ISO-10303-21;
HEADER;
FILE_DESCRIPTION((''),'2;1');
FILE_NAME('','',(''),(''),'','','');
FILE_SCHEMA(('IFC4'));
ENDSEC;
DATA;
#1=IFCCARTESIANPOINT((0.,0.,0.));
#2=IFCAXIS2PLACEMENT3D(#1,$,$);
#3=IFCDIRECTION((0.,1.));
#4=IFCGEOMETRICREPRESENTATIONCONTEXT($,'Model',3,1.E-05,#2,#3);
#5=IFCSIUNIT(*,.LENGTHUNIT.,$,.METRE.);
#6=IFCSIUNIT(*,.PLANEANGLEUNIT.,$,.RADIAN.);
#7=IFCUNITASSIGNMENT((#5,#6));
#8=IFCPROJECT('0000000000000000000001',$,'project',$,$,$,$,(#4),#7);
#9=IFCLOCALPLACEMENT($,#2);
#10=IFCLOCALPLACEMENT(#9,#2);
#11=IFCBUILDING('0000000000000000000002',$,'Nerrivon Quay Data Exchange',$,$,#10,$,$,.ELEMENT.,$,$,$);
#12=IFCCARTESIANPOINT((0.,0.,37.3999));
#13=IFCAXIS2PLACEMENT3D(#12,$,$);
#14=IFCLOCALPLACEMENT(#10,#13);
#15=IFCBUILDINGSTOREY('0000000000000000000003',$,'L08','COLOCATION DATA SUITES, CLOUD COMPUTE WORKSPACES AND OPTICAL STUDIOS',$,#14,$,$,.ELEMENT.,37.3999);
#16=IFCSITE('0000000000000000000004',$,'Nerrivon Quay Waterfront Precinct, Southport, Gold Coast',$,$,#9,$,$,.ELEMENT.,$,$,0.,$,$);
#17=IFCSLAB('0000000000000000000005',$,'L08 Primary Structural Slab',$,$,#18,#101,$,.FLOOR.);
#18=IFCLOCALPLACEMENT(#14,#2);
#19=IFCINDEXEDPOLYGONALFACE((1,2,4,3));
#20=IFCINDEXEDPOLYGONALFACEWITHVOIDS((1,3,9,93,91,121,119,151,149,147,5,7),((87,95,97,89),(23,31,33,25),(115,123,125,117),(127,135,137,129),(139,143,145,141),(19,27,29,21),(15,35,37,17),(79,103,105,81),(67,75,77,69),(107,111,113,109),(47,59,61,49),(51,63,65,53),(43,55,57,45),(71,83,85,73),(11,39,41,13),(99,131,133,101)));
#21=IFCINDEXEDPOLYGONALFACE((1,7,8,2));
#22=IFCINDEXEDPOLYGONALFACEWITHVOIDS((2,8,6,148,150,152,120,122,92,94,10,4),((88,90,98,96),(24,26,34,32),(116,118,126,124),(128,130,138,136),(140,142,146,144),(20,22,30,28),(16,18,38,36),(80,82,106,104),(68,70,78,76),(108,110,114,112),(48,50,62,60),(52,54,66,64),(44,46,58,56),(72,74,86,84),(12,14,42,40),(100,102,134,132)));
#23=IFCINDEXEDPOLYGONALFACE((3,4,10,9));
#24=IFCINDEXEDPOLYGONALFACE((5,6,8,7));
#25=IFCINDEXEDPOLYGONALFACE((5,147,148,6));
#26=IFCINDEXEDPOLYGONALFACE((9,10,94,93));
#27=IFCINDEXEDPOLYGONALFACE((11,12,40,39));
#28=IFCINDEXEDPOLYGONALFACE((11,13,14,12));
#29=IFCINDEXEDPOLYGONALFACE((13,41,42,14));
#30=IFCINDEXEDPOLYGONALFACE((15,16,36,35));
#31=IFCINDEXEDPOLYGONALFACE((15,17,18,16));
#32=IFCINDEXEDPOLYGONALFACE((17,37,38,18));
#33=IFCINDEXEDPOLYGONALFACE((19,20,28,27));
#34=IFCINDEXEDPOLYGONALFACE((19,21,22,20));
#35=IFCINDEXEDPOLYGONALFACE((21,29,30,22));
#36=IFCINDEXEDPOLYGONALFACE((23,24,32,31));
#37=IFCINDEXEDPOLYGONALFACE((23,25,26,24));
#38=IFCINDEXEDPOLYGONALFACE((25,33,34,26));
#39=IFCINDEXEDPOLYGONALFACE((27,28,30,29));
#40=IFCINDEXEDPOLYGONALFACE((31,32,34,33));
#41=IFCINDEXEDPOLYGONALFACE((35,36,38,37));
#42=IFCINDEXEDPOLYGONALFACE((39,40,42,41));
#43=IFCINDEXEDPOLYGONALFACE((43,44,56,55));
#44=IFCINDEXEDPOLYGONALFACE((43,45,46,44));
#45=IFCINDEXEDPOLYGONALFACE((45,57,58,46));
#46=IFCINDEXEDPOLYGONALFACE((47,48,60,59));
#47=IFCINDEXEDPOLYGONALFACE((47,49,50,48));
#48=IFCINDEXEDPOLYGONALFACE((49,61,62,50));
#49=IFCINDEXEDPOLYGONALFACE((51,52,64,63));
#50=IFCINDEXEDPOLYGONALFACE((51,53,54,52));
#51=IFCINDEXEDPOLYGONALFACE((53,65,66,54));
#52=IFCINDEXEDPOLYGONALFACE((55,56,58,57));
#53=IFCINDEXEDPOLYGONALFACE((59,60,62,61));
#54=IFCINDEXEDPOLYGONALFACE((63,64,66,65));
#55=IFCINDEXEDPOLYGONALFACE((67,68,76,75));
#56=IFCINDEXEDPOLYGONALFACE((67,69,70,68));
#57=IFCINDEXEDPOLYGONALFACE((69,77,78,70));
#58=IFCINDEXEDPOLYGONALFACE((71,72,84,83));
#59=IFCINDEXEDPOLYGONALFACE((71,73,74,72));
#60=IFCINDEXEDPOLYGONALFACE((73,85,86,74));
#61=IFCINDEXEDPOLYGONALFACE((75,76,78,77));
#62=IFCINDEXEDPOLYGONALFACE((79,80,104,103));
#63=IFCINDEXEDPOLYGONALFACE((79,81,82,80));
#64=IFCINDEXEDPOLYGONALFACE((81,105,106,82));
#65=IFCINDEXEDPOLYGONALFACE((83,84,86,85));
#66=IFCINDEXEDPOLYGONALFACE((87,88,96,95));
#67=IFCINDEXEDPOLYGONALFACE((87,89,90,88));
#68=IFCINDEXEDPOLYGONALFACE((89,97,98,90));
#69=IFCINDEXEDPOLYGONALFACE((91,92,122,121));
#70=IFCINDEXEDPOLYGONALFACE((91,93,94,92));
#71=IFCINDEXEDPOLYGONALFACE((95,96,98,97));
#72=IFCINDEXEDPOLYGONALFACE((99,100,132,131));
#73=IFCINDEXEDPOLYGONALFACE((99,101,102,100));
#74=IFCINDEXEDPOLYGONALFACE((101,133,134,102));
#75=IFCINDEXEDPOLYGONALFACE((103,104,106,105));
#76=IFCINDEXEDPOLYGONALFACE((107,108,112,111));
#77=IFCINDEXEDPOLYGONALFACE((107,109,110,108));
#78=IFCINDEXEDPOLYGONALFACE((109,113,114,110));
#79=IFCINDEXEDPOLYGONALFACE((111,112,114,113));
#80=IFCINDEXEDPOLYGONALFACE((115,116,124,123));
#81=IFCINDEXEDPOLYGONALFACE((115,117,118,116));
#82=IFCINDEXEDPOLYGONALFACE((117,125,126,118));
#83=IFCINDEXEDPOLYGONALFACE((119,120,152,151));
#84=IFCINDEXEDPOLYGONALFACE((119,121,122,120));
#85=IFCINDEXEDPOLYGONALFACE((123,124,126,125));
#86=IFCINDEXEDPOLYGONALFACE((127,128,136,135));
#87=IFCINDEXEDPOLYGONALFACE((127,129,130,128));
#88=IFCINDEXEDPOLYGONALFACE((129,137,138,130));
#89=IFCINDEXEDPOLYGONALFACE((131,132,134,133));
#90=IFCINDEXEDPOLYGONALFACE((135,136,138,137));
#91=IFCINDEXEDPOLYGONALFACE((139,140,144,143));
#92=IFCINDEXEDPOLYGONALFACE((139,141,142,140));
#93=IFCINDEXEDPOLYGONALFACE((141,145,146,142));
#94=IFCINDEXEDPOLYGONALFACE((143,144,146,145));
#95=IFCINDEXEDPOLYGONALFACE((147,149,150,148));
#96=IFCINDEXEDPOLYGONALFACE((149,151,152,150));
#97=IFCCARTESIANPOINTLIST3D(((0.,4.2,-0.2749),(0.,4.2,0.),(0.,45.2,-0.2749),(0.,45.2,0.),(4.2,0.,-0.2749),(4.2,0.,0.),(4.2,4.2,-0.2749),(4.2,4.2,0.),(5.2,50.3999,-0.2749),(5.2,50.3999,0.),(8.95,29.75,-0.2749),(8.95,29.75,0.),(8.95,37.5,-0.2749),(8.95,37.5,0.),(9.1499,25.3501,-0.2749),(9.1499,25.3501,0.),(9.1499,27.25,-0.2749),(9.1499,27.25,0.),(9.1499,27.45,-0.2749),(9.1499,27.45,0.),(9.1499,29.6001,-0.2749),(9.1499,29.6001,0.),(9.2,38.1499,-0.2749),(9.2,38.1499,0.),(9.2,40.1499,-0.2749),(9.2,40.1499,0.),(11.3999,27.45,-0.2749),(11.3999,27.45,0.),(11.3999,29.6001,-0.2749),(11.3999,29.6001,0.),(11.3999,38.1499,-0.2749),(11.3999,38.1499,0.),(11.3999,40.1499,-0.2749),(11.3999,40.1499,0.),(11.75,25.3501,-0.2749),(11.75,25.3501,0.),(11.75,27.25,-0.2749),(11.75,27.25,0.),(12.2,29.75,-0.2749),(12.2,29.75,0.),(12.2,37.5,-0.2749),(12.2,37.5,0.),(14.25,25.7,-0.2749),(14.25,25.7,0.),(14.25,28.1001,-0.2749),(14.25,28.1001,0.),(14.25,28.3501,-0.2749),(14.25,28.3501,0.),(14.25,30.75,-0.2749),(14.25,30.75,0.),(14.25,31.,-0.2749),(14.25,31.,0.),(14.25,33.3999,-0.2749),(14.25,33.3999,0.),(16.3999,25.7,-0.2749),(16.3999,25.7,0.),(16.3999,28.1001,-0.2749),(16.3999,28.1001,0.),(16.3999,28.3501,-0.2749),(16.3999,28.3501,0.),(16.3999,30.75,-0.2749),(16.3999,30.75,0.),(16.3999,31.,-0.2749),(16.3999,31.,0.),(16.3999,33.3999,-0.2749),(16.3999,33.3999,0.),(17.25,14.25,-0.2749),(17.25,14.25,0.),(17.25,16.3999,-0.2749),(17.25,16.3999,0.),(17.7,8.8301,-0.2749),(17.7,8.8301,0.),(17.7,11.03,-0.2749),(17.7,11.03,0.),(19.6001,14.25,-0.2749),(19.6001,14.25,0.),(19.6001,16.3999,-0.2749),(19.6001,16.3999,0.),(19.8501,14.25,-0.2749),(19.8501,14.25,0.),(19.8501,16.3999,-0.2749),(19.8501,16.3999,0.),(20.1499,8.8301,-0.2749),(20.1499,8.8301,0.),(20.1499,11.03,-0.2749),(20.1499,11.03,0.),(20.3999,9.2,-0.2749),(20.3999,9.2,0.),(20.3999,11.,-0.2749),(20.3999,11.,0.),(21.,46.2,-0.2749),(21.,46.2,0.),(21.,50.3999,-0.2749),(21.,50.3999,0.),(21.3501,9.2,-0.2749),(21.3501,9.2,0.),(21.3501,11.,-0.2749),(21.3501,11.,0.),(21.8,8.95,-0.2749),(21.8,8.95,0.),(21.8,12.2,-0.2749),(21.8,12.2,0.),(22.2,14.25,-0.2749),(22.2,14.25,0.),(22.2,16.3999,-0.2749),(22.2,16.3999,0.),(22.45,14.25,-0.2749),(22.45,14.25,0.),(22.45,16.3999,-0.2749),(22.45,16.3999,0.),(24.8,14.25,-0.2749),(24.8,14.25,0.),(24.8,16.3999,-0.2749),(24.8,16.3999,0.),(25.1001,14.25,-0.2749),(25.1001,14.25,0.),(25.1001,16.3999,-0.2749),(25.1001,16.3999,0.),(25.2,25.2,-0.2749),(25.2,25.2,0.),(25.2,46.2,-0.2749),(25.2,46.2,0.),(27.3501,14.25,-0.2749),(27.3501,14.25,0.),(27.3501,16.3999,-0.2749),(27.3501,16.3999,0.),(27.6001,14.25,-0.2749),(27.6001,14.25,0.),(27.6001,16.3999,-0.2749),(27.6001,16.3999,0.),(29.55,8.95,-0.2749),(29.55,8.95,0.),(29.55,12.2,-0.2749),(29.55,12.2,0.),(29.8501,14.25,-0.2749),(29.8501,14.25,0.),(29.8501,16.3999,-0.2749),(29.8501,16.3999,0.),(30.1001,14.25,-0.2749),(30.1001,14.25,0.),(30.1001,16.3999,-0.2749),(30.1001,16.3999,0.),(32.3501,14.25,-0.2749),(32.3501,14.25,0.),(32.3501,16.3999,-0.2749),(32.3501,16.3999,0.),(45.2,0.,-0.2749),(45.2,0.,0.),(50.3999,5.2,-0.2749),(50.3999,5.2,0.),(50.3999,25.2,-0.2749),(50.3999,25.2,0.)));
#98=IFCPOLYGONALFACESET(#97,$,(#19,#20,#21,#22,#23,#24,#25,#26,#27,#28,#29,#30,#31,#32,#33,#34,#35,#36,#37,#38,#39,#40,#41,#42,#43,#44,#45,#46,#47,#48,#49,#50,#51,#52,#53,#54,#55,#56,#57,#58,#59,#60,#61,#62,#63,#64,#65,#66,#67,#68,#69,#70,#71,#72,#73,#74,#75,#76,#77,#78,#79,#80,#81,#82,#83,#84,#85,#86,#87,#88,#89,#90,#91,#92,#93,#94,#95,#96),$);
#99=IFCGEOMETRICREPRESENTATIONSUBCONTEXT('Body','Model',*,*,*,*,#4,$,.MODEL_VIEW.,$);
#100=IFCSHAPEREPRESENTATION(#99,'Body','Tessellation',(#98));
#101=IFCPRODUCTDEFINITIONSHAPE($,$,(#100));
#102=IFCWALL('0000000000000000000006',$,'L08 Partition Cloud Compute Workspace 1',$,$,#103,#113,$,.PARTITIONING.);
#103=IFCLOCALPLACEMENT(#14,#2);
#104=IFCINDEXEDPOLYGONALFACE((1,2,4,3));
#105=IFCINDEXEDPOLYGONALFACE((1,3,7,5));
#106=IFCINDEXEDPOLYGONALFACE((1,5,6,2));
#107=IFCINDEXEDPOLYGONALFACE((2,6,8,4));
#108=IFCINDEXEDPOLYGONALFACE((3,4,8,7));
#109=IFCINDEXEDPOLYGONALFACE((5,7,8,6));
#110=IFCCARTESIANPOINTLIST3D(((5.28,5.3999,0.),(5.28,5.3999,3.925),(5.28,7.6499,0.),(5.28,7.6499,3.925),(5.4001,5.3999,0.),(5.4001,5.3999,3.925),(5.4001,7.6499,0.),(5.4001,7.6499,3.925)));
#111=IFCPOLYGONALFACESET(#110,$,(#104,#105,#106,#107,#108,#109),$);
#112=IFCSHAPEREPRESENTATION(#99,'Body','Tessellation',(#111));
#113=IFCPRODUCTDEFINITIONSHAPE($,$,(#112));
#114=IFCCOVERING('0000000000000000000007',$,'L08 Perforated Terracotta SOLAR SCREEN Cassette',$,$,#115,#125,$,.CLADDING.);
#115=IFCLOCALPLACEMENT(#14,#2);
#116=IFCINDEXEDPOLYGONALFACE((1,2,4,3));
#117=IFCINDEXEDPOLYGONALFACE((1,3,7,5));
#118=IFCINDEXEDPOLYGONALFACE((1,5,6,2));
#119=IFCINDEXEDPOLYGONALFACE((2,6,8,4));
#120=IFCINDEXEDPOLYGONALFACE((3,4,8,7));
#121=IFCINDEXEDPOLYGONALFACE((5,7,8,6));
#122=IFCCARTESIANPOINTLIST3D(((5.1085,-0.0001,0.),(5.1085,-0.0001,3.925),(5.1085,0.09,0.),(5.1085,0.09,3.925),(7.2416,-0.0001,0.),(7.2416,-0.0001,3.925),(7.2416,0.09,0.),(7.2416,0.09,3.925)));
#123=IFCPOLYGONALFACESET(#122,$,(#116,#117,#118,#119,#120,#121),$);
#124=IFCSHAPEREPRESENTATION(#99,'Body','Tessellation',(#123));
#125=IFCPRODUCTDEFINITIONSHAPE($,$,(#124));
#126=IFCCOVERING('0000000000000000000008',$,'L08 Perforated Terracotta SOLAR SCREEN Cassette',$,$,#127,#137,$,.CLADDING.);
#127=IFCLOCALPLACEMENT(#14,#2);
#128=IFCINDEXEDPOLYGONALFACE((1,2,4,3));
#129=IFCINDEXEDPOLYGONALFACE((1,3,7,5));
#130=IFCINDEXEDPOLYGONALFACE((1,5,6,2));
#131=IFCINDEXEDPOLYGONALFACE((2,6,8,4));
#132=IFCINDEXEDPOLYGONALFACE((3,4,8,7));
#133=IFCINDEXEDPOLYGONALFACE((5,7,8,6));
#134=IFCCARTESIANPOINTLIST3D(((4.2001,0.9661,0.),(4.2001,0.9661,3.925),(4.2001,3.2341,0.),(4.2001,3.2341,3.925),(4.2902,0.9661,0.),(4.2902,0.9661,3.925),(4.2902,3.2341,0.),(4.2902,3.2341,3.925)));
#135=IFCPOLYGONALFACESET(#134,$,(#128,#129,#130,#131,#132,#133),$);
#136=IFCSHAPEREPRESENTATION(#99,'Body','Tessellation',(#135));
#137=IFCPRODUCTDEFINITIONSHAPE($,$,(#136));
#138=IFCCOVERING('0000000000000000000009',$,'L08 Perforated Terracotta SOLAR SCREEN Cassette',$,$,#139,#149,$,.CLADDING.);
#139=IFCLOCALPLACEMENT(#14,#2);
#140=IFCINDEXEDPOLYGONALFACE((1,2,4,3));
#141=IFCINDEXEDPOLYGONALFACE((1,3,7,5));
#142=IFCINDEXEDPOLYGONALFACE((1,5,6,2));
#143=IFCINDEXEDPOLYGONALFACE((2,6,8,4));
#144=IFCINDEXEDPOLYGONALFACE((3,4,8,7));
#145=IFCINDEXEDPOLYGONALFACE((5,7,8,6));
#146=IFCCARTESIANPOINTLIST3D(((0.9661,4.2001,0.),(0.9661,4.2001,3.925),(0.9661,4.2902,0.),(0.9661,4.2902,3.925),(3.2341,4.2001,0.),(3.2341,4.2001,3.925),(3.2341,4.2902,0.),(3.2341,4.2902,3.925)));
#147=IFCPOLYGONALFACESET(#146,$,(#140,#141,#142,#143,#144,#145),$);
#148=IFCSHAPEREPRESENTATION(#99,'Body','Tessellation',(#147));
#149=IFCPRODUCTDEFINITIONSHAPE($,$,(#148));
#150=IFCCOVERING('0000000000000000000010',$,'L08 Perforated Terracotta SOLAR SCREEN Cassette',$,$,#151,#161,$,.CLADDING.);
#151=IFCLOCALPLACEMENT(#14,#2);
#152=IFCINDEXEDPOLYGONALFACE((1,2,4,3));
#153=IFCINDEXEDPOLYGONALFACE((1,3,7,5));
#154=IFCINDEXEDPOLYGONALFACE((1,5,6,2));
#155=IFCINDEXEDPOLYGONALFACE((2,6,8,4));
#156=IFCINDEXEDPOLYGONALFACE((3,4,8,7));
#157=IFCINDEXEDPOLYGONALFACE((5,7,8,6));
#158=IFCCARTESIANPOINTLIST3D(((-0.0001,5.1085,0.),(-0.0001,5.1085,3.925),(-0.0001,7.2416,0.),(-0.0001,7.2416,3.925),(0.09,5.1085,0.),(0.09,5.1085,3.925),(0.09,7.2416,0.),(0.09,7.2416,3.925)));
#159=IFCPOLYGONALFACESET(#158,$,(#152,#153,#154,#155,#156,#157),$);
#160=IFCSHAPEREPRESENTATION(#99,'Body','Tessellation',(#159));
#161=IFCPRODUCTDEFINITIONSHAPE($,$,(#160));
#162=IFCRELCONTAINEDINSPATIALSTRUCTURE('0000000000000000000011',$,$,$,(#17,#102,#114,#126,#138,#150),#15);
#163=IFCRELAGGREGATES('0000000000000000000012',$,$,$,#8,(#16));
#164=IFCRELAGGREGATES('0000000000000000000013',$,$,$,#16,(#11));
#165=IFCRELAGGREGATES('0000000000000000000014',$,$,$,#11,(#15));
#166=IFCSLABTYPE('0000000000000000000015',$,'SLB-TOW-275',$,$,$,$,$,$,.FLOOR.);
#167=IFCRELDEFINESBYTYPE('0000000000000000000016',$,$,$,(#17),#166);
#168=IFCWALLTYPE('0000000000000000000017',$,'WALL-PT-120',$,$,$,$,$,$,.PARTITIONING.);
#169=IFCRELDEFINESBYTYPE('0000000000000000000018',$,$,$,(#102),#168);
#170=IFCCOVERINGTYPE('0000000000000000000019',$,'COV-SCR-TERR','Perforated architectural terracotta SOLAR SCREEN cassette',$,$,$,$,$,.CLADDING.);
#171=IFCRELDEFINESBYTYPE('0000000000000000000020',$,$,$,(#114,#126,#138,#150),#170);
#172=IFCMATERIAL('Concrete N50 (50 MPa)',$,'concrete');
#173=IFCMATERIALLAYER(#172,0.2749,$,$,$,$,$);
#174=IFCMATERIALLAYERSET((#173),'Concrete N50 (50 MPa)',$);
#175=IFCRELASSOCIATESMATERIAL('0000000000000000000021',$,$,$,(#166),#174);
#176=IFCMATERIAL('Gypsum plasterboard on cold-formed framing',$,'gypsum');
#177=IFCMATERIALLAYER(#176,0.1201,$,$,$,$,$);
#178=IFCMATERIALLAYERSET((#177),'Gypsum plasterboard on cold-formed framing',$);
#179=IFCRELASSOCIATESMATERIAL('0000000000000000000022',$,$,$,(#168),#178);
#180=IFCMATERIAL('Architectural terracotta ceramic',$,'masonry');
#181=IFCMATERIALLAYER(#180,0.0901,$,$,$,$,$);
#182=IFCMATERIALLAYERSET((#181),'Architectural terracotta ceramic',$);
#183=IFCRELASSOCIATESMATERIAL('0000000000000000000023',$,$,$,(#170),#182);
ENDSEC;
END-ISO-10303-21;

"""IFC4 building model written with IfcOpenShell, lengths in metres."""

from ifc_helpers import new_model, si_unit, direction, frame, frame_2d, origin, origin_2d, place, context, subcontext, project, spatial, polyline, rectangle, outline, extrude, material, layer, layer_set, type_object, element, save


model = new_model("IFC4")

# Units and contexts
model_context = context("Model", 3, precision=1e-05, world=origin(), true_north=direction((0.0, 1.0)))
body_context = subcontext(model_context, "Body", "Model", "MODEL_VIEW")
ifc_project = project(units=[si_unit("LENGTHUNIT", "METRE"), si_unit("PLANEANGLEUNIT", "RADIAN")], contexts=[model_context])

# Site, building, storey
site_placement = place(None, origin())
site = spatial("IfcSite", under=ifc_project, at=site_placement, Name="Nerrivon Quay Waterfront Precinct, Southport, Gold Coast", CompositionType="ELEMENT", RefElevation=0.0)
building_placement = place(site_placement, origin())
building = spatial("IfcBuilding", under=site, at=building_placement, Name="Nerrivon Quay Data Exchange", CompositionType="ELEMENT")
storey_placement = place(building_placement, frame((0.0, 0.0, 37.3999)))
storey = spatial("IfcBuildingStorey", under=building, at=storey_placement, Name="L08", Description="COLOCATION DATA SUITES, CLOUD COMPUTE WORKSPACES AND OPTICAL STUDIOS", CompositionType="ELEMENT", Elevation=37.3999)

# Shared definitions
ifc_material_1 = material(Name="Concrete N50 (50 MPa)", Category="concrete")

# Slab
ifc_layer_1 = layer(ifc_material_1, 0.2749)
ifc_layer_set_1 = layer_set([ifc_layer_1], Name="Concrete N50 (50 MPa)")
slab_type_1 = type_object("IfcSlabType", Name="SLB-TOW-275", PredefinedType="FLOOR", material=ifc_layer_set_1)
slab_1_placement = place(storey_placement, frame((0.0, 0.0, -0.2749)))
element("IfcSlab", 1, at=slab_1_placement, inside=storey, type_object=slab_type_1, Name="L08 Primary Structural Slab", PredefinedType="FLOOR", context=body_context, shape_type="SweptSolid", body=[
    extrude(outline(polyline([(50.3999, 25.2), (25.2, 25.2), (25.2, 46.2), (21.0, 46.2), (21.0, 50.3999), (5.2, 50.3999), (0.0, 45.2), (0.0, 4.2), (4.2, 4.2), (4.2, 0.0), (45.2, 0.0), (50.3999, 5.2), (50.3999, 25.2)]), holes=[polyline([(8.95, 29.75), (8.95, 37.5), (12.2, 37.5), (12.2, 29.75), (8.95, 29.75)]), polyline([(21.8, 12.2), (29.55, 12.2), (29.55, 8.95), (21.8, 8.95), (21.8, 12.2)]), polyline([(30.1001, 16.3999), (32.3501, 16.3999), (32.3501, 14.25), (30.1001, 14.25), (30.1001, 16.3999)]), polyline([(27.6001, 16.3999), (29.8501, 16.3999), (29.8501, 14.25), (27.6001, 14.25), (27.6001, 16.3999)]), polyline([(25.1001, 16.3999), (27.3501, 16.3999), (27.3501, 14.25), (25.1001, 14.25), (25.1001, 16.3999)]), polyline([(22.45, 16.3999), (24.8, 16.3999), (24.8, 14.25), (22.45, 14.25), (22.45, 16.3999)]), polyline([(19.8501, 16.3999), (22.2, 16.3999), (22.2, 14.25), (19.8501, 14.25), (19.8501, 16.3999)]), polyline([(20.3999, 11.0), (21.3501, 11.0), (21.3501, 9.2), (20.3999, 9.2), (20.3999, 11.0)]), polyline([(17.7, 8.8301), (17.7, 11.03), (20.1499, 11.03), (20.1499, 8.8301), (17.7, 8.8301)]), polyline([(17.25, 14.25), (17.25, 16.3999), (19.6001, 16.3999), (19.6001, 14.25), (17.25, 14.25)]), polyline([(14.25, 28.1001), (16.3999, 28.1001), (16.3999, 25.7), (14.25, 25.7), (14.25, 28.1001)]), polyline([(14.25, 30.75), (16.3999, 30.75), (16.3999, 28.3501), (14.25, 28.3501), (14.25, 30.75)]), polyline([(14.25, 33.3999), (16.3999, 33.3999), (16.3999, 31.0), (14.25, 31.0), (14.25, 33.3999)]), polyline([(9.1499, 27.25), (11.75, 27.25), (11.75, 25.3501), (9.1499, 25.3501), (9.1499, 27.25)]), polyline([(9.1499, 29.6001), (11.3999, 29.6001), (11.3999, 27.45), (9.1499, 27.45), (9.1499, 29.6001)]), polyline([(9.2, 40.1499), (11.3999, 40.1499), (11.3999, 38.1499), (9.2, 38.1499), (9.2, 40.1499)])]), origin(), (0.0, 0.0, 1.0), 0.2749),
])

# Wall
ifc_material_2 = material(Name="Gypsum plasterboard on cold-formed framing", Category="gypsum")
ifc_layer_2 = layer(ifc_material_2, 0.1201)
ifc_layer_set_2 = layer_set([ifc_layer_2], Name="Gypsum plasterboard on cold-formed framing")
wall_type = type_object("IfcWallType", Name="WALL-PT-120", PredefinedType="PARTITIONING", material=ifc_layer_set_2)
wall_placement = place(storey_placement, frame((5.3401, 5.3999, 0.0), z_axis=(0.0, 0.0, 1.0), x_axis=(0.0, 1.0, 0.0)))
element("IfcWall", 2, at=wall_placement, inside=storey, type_object=wall_type, Name="L08 Partition Cloud Compute Workspace 1", PredefinedType="PARTITIONING", context=body_context, shape_type="SweptSolid", body=[
    extrude(rectangle(XDim=2.25, YDim=0.1201, at=frame_2d((1.125, 0.0))), origin(), (0.0, 0.0, 1.0), 3.925),
])

# Coverings
ifc_material_3 = material(Name="Architectural terracotta ceramic", Category="masonry")
ifc_layer_3 = layer(ifc_material_3, 0.0901)
ifc_layer_set_3 = layer_set([ifc_layer_3], Name="Architectural terracotta ceramic")
covering_type = type_object("IfcCoveringType", Name="COV-SCR-TERR", Description="Perforated architectural terracotta SOLAR SCREEN cassette", PredefinedType="CLADDING", material=ifc_layer_set_3)
covering_1_placement = place(storey_placement, frame((6.175, 0.0449, 0.0), z_axis=(0.0, 0.0, 1.0), x_axis=(-1.0, 0.0, 0.0)))
element("IfcCovering", 3, at=covering_1_placement, inside=storey, type_object=covering_type, Name="L08 Perforated Terracotta SOLAR SCREEN Cassette", PredefinedType="CLADDING", context=body_context, shape_type="SweptSolid", body=[
    extrude(rectangle(XDim=2.1331, YDim=0.0901, at=origin_2d()), origin(), (0.0, 0.0, 1.0), 3.925),
])
for number, where, z_axis, x_axis, name in (
    (4, (4.2451, 2.1001, 0.0), (0.0, 0.0, 1.0), (0.0, 1.0, 0.0), "L08 Perforated Terracotta SOLAR SCREEN Cassette"),
    (5, (2.1001, 4.2451, 0.0), (0.0, 0.0, 1.0), (-1.0, 0.0, 0.0), "L08 Perforated Terracotta SOLAR SCREEN Cassette"),
):
    element("IfcCovering", number, at=place(storey_placement, frame(where, z_axis=z_axis, x_axis=x_axis)), inside=storey, type_object=covering_type, Name=name, PredefinedType="CLADDING", context=body_context, shape_type="SweptSolid", body=[
        extrude(rectangle(XDim=2.2681, YDim=0.0901, at=origin_2d()), origin(), (0.0, 0.0, 1.0), 3.925),
    ])
covering_2_placement = place(storey_placement, frame((0.0449, 6.175, 0.0), z_axis=(0.0, 0.0, 1.0), x_axis=(0.0, 1.0, 0.0)))
element("IfcCovering", 6, at=covering_2_placement, inside=storey, type_object=covering_type, Name="L08 Perforated Terracotta SOLAR SCREEN Cassette", PredefinedType="CLADDING", context=body_context, shape_type="SweptSolid", body=[
    extrude(rectangle(XDim=2.1331, YDim=0.0901, at=origin_2d()), origin(), (0.0, 0.0, 1.0), 3.925),
])

save(model, "model.ifc")
